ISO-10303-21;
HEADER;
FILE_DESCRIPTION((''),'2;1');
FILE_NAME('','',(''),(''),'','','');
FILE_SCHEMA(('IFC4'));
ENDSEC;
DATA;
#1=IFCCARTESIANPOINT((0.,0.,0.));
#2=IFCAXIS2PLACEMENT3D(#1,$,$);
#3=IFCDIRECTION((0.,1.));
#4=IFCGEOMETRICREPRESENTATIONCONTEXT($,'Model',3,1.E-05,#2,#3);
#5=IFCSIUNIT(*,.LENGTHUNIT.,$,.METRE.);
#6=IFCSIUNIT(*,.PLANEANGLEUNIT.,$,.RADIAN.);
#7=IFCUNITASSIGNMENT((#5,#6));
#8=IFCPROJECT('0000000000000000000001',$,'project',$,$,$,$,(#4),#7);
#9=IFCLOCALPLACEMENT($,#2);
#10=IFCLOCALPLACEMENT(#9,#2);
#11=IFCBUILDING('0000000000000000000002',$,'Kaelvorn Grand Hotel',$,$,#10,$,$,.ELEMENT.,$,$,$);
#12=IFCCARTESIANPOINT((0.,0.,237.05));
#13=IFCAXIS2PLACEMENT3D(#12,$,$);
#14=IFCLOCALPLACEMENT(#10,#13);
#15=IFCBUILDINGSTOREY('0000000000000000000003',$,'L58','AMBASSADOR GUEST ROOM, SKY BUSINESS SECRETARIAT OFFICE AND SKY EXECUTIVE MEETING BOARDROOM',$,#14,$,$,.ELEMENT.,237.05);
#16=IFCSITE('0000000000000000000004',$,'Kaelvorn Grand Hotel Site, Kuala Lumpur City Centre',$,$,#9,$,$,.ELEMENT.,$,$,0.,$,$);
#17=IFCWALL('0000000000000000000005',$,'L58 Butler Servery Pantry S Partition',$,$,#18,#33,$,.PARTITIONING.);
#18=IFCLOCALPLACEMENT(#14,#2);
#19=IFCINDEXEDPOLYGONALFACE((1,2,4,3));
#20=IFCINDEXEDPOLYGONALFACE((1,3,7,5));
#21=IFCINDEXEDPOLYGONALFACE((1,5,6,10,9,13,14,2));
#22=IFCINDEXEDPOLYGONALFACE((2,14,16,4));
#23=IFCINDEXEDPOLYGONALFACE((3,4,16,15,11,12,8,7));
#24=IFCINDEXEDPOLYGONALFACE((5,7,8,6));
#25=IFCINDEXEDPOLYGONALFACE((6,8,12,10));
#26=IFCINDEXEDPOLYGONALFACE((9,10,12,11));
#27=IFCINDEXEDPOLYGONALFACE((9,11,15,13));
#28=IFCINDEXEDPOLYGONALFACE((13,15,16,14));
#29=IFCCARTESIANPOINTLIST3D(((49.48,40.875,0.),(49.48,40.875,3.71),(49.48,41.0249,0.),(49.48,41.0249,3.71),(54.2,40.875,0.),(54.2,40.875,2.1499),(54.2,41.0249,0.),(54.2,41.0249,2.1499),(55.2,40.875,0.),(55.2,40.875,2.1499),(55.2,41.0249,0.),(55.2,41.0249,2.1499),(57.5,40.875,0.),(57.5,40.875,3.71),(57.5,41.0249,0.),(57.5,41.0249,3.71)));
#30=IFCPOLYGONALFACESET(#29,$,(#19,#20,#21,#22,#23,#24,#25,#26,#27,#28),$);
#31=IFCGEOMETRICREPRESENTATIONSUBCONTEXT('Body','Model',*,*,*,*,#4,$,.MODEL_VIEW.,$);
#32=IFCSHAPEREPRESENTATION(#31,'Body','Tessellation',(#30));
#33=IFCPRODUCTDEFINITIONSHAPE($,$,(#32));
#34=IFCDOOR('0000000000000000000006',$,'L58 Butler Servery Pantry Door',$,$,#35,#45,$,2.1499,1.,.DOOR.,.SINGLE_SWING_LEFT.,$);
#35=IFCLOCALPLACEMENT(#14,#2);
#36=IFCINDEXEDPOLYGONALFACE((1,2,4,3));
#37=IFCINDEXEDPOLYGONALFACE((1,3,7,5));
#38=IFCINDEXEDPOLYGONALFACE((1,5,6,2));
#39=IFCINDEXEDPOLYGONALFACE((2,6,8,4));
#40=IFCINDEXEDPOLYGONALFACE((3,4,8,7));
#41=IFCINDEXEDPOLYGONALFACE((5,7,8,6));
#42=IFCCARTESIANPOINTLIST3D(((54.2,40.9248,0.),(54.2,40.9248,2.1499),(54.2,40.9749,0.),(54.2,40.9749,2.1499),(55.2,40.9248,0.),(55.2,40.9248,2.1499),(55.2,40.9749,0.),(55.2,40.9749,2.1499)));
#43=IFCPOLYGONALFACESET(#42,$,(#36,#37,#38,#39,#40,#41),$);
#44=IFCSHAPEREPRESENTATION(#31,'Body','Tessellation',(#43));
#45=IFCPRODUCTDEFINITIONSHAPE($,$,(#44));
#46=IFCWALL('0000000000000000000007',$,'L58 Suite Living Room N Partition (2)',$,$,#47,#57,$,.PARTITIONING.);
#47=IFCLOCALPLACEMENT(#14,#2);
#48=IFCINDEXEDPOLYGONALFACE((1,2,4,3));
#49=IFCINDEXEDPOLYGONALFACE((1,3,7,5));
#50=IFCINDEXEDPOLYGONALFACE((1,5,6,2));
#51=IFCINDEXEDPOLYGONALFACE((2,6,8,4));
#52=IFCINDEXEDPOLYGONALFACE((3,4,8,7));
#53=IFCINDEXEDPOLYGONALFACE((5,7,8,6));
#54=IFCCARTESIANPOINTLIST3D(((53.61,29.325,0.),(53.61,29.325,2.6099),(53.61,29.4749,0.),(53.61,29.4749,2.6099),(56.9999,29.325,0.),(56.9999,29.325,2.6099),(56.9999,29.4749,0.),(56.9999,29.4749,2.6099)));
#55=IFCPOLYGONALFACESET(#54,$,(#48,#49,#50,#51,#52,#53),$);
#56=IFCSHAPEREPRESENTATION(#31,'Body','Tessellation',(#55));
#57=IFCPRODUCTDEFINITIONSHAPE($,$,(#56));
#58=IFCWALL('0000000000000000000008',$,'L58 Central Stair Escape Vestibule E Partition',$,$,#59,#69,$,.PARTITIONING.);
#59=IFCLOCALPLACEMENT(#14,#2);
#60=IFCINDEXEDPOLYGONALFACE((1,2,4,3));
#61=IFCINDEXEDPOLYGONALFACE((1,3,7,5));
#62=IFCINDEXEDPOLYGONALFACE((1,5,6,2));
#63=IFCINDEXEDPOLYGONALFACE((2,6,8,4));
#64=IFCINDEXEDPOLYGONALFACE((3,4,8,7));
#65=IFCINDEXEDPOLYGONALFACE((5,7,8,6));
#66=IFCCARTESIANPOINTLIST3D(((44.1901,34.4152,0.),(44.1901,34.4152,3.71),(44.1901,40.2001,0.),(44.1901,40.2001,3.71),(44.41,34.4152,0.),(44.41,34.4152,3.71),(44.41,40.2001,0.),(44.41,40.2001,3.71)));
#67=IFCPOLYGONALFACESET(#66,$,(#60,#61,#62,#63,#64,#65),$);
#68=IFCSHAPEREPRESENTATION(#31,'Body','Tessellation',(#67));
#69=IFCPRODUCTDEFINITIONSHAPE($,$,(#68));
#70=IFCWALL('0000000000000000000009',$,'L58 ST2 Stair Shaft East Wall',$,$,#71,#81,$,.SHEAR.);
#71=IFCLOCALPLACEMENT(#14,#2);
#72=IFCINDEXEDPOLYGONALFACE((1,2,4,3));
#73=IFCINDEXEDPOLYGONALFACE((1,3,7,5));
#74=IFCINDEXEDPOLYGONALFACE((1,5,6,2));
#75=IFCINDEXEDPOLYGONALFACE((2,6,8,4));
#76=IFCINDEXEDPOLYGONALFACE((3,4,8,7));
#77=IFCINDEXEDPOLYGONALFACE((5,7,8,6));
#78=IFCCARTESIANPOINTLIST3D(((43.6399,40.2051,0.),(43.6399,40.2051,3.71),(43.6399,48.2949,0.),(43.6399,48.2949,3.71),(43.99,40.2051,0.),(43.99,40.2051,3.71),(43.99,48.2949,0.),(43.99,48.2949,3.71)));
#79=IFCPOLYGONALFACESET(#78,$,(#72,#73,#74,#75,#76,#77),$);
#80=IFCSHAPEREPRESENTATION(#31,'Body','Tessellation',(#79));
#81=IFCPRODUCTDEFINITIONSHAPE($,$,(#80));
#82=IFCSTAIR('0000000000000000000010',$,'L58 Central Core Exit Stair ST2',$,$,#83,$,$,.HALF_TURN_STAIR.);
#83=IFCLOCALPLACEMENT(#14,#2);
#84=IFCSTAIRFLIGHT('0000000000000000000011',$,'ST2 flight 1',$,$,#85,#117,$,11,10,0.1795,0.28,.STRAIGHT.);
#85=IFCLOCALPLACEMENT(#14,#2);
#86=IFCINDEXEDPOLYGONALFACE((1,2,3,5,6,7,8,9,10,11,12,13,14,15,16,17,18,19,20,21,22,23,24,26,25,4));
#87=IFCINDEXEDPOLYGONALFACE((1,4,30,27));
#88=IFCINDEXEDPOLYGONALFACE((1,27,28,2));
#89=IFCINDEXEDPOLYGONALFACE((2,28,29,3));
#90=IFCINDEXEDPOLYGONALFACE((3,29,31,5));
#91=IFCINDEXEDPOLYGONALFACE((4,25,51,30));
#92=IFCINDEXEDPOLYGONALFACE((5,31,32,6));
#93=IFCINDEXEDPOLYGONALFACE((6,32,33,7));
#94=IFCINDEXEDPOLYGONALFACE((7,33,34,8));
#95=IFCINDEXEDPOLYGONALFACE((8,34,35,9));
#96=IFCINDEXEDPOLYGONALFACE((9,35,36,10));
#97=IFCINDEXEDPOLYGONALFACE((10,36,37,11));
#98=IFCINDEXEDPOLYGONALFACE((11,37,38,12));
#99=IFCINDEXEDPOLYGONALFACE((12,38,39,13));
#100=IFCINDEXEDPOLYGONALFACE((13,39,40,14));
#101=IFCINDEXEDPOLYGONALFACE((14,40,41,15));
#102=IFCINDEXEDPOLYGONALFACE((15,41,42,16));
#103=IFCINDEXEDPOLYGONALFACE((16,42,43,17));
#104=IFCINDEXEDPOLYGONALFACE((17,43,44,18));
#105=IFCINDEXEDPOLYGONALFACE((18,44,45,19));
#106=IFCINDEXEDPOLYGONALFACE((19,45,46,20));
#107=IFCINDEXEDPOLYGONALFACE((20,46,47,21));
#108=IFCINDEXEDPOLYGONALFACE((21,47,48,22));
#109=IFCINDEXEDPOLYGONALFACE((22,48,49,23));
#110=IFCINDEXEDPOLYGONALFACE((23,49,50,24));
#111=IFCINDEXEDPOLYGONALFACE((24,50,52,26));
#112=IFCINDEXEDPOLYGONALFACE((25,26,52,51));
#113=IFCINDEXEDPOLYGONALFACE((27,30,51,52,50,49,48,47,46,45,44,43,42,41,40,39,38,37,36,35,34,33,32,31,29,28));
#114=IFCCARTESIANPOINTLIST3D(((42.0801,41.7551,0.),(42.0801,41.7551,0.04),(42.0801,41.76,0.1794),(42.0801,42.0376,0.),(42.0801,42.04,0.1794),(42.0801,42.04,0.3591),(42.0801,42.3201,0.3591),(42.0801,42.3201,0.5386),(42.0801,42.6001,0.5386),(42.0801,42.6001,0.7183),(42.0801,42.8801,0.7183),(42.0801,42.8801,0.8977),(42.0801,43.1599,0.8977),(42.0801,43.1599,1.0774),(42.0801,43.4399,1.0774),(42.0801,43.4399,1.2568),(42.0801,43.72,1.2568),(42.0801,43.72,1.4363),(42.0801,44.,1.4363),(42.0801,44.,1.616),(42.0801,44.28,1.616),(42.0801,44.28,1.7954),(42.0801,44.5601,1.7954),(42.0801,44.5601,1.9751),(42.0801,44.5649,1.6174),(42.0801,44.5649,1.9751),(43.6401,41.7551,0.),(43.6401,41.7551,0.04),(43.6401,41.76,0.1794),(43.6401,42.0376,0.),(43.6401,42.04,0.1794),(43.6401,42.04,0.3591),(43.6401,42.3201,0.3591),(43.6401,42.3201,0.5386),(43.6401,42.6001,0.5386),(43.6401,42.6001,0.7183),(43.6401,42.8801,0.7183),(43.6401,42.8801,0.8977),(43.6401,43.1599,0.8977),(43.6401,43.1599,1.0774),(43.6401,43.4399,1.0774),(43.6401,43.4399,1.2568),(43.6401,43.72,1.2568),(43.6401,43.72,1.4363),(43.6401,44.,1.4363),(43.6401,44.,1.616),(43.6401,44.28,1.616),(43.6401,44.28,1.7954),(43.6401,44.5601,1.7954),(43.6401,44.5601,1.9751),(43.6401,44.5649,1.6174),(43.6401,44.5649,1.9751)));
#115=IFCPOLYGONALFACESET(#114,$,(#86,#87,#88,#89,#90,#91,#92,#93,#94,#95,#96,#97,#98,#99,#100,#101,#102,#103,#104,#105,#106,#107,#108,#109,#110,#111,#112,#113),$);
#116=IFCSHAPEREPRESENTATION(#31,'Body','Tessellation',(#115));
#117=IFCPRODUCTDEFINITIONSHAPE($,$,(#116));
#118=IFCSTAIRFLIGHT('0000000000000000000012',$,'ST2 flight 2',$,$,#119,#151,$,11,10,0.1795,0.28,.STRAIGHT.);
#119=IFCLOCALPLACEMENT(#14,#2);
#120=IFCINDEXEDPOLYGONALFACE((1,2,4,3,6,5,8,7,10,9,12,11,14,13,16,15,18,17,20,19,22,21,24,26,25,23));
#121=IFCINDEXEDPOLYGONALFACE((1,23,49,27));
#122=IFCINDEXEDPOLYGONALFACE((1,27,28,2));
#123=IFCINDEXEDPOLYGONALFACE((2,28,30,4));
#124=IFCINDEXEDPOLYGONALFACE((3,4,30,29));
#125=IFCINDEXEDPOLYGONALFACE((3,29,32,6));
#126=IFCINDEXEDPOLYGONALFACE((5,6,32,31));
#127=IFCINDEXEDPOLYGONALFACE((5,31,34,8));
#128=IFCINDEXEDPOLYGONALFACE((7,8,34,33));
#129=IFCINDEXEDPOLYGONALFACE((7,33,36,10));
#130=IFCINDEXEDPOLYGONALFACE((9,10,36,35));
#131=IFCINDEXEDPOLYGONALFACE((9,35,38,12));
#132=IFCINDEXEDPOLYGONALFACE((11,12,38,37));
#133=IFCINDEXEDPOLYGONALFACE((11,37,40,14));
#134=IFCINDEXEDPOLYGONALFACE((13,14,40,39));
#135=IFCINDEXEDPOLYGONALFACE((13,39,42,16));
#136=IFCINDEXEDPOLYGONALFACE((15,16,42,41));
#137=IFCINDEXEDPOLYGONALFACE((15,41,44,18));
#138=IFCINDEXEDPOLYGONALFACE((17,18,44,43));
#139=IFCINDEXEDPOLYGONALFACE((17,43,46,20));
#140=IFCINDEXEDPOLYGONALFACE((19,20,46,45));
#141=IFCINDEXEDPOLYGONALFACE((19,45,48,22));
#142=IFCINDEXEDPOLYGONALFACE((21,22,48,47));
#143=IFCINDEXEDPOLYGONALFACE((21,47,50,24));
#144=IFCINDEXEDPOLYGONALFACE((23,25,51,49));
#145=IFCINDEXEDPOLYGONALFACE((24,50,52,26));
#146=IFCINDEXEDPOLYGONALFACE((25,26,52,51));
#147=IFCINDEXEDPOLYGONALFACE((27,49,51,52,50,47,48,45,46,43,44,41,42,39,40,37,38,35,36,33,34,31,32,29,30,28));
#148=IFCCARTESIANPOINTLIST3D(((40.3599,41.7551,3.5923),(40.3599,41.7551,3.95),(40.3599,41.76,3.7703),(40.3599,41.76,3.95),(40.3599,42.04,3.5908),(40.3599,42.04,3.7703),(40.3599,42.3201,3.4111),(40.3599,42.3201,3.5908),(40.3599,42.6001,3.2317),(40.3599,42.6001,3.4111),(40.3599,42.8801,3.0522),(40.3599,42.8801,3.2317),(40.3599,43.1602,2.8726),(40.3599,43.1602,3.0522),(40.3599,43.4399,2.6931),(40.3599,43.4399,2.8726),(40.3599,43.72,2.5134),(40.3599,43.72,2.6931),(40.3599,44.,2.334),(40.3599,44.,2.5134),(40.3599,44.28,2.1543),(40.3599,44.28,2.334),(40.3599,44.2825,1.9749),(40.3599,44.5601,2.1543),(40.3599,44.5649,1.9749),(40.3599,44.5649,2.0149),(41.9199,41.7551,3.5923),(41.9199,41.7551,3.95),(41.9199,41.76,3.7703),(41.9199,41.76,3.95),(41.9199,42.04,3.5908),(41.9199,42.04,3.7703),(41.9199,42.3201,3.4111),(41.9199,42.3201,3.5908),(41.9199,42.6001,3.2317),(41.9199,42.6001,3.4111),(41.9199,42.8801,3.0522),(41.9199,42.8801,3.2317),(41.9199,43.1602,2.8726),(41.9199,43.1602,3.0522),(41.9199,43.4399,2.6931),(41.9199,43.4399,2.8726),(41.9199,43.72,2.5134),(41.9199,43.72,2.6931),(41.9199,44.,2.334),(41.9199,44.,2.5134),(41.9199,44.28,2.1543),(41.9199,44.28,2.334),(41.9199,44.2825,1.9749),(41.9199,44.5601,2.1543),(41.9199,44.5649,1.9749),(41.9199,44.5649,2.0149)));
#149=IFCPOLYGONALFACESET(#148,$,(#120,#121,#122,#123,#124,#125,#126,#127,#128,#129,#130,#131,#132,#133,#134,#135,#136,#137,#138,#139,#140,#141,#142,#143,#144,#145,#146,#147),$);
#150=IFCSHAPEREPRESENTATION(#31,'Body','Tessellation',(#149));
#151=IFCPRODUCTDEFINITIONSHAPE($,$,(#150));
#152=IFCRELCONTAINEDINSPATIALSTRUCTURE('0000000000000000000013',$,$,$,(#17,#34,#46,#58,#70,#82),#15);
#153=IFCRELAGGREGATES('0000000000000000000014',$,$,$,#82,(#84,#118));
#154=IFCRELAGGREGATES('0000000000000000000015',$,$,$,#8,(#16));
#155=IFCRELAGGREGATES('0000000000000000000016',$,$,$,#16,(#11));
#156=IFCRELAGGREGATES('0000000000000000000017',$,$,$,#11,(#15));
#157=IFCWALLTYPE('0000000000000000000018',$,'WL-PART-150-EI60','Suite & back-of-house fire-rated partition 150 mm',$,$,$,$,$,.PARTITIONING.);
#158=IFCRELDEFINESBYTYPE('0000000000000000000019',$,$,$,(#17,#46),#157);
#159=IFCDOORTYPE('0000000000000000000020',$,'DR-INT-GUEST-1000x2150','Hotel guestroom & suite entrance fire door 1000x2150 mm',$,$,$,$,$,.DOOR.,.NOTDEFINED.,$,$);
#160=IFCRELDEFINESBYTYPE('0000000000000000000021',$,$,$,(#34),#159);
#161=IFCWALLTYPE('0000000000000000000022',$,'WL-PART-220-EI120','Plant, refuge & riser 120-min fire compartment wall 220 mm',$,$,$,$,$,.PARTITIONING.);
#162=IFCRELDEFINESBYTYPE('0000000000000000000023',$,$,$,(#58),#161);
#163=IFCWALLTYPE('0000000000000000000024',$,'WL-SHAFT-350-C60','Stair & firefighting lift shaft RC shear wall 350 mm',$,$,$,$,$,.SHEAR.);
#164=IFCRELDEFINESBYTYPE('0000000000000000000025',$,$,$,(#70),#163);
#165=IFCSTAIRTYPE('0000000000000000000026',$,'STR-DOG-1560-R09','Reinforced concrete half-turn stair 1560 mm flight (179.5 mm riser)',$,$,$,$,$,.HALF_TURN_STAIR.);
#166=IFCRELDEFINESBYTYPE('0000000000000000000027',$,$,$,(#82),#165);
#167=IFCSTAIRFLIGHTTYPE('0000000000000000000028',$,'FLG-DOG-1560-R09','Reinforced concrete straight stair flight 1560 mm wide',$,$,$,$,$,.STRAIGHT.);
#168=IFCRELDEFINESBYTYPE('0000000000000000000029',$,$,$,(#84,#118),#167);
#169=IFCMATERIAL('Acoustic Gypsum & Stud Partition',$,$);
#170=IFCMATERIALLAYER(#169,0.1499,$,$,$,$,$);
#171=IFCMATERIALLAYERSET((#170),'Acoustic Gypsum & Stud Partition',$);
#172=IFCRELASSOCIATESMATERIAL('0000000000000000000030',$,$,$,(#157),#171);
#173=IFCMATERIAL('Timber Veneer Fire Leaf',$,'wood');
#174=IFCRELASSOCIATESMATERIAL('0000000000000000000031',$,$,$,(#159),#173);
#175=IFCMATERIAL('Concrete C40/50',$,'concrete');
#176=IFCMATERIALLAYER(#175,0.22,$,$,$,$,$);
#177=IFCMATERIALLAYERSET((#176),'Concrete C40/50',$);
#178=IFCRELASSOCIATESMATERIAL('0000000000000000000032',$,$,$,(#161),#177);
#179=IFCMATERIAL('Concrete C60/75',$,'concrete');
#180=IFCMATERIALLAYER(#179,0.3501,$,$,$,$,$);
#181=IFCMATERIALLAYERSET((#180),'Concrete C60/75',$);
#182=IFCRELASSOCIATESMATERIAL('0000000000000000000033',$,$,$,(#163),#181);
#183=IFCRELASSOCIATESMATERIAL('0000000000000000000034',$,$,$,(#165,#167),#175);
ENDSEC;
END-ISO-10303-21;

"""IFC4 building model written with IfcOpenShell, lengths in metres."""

from ifc_helpers import new_model, si_unit, direction, frame, frame_2d, origin, place, context, subcontext, project, spatial, polyline, rectangle, outline, extrude, material, layer, layer_set, type_object, element, fill, aggregate, save


model = new_model("IFC4")

# Units and contexts
model_context = context("Model", 3, precision=1e-05, world=origin(), true_north=direction((0.0, 1.0)))
body_context = subcontext(model_context, "Body", "Model", "MODEL_VIEW")
ifc_project = project(units=[si_unit("LENGTHUNIT", "METRE"), si_unit("PLANEANGLEUNIT", "RADIAN")], contexts=[model_context])

# Site, building, storey
site_placement = place(None, origin())
site = spatial("IfcSite", under=ifc_project, at=site_placement, Name="Kaelvorn Grand Hotel Site, Kuala Lumpur City Centre", CompositionType="ELEMENT", RefElevation=0.0)
building_placement = place(site_placement, origin())
building = spatial("IfcBuilding", under=site, at=building_placement, Name="Kaelvorn Grand Hotel", CompositionType="ELEMENT")
storey_placement = place(building_placement, frame((0.0, 0.0, 237.05)))
storey = spatial("IfcBuildingStorey", under=building, at=storey_placement, Name="L58", Description="AMBASSADOR GUEST ROOM, SKY BUSINESS SECRETARIAT OFFICE AND SKY EXECUTIVE MEETING BOARDROOM", CompositionType="ELEMENT", Elevation=237.05)

# Shared definitions
ifc_material_1 = material(Name="Acoustic Gypsum & Stud Partition")
ifc_layer_1 = layer(ifc_material_1, 0.1499)
ifc_layer_set_1 = layer_set([ifc_layer_1], Name="Acoustic Gypsum & Stud Partition")
wall_type_1 = type_object("IfcWallType", Name="WL-PART-150-EI60", Description="Suite & back-of-house fire-rated partition 150 mm", PredefinedType="PARTITIONING", material=ifc_layer_set_1)
ifc_material_2 = material(Name="Timber Veneer Fire Leaf", Category="wood")
door_type_1 = type_object("IfcDoorType", Name="DR-INT-GUEST-1000x2150", Description="Hotel guestroom & suite entrance fire door 1000x2150 mm", OperationType="NOTDEFINED", PredefinedType="DOOR", material=ifc_material_2)

# Wall, opening, door
wall_1_placement = place(storey_placement, frame((49.48, 40.95, 0.0), z_axis=(0.0, 0.0, 1.0), x_axis=(1.0, 0.0, 0.0)))
wall_1 = element("IfcWall", 1, at=wall_1_placement, inside=storey, type_object=wall_type_1, Name="L58 Butler Servery Pantry S Partition", PredefinedType="PARTITIONING", context=body_context, shape_type="SweptSolid", body=[
    extrude(rectangle(XDim=8.02, YDim=0.1499, at=frame_2d((4.01, 0.0))), origin(), (0.0, 0.0, 1.0), 3.71),
])
opening_1_placement = place(wall_1_placement, frame((4.72, 0.0, 0.0)))
opening_1 = element("IfcOpeningElement", 2, at=opening_1_placement, cuts=wall_1, PredefinedType="OPENING", context=body_context, shape_type="SweptSolid", body=[
    extrude(rectangle(XDim=1.0, YDim=2.1499, at=frame_2d((0.5, 1.075))), frame((0.0, 0.085, 0.0), z_axis=(0.0, -1.0, 0.0), x_axis=(1.0, 0.0, 0.0)), (0.0, 0.0, 1.0), 0.1699),
])
door_1_placement = place(opening_1_placement, origin())
door_1 = element("IfcDoor", 3, at=door_1_placement, inside=storey, type_object=door_type_1, Name="L58 Butler Servery Pantry Door", OperationType="SINGLE_SWING_LEFT", OverallHeight=2.1499, OverallWidth=1.0, PredefinedType="DOOR", context=body_context, shape_type="SweptSolid", body=[
    extrude(rectangle(XDim=1.0, YDim=2.1499, at=frame_2d((0.5, 1.075))), frame((0.0, 0.0249, 0.0), z_axis=(0.0, -1.0, 0.0), x_axis=(1.0, 0.0, 0.0)), (0.0, 0.0, 1.0), 0.05),
])
fill(opening_1, door_1)

# Walls
wall_2_placement = place(storey_placement, frame((53.6101, 29.3999, 0.0), z_axis=(0.0, 0.0, 1.0), x_axis=(1.0, 0.0, 0.0)))
element("IfcWall", 4, at=wall_2_placement, inside=storey, type_object=wall_type_1, Name="L58 Suite Living Room N Partition (2)", PredefinedType="PARTITIONING", context=body_context, shape_type="SweptSolid", body=[
    extrude(rectangle(XDim=3.3899, YDim=0.1499, at=frame_2d((1.6948, 0.0))), origin(), (0.0, 0.0, 1.0), 2.6099),
])
ifc_material_3 = material(Name="Concrete C40/50", Category="concrete")
ifc_layer_2 = layer(ifc_material_3, 0.22)
ifc_layer_set_2 = layer_set([ifc_layer_2], Name="Concrete C40/50")
wall_type_2 = type_object("IfcWallType", Name="WL-PART-220-EI120", Description="Plant, refuge & riser 120-min fire compartment wall 220 mm", PredefinedType="PARTITIONING", material=ifc_layer_set_2)
wall_3_placement = place(storey_placement, frame((44.3, 34.415, 0.0), z_axis=(0.0, 0.0, 1.0), x_axis=(0.0, 1.0, 0.0)))
element("IfcWall", 5, at=wall_3_placement, inside=storey, type_object=wall_type_2, Name="L58 Central Stair Escape Vestibule E Partition", PredefinedType="PARTITIONING", context=body_context, shape_type="SweptSolid", body=[
    extrude(rectangle(XDim=5.7849, YDim=0.22, at=frame_2d((2.8926, 0.0))), origin(), (0.0, 0.0, 1.0), 3.71),
])
ifc_material_4 = material(Name="Concrete C60/75", Category="concrete")
ifc_layer_3 = layer(ifc_material_4, 0.3501)
ifc_layer_set_3 = layer_set([ifc_layer_3], Name="Concrete C60/75")
wall_type_3 = type_object("IfcWallType", Name="WL-SHAFT-350-C60", Description="Stair & firefighting lift shaft RC shear wall 350 mm", PredefinedType="SHEAR", material=ifc_layer_set_3)
wall_4_placement = place(storey_placement, frame((43.8149, 40.2051, 0.0), z_axis=(0.0, 0.0, 1.0), x_axis=(0.0, 1.0, 0.0)))
element("IfcWall", 6, at=wall_4_placement, inside=storey, type_object=wall_type_3, Name="L58 ST2 Stair Shaft East Wall", PredefinedType="SHEAR", context=body_context, shape_type="SweptSolid", body=[
    extrude(rectangle(XDim=8.0898, YDim=0.3501, at=frame_2d((4.0449, 0.0))), origin(), (0.0, 0.0, 1.0), 3.71),
])

# Stair, stair flights
stair_type = type_object("IfcStairType", Name="STR-DOG-1560-R09", Description="Reinforced concrete half-turn stair 1560 mm flight (179.5 mm riser)", PredefinedType="HALF_TURN_STAIR", material=ifc_material_3)
stair_placement = place(storey_placement, origin())
stair = element("IfcStair", 7, at=stair_placement, inside=storey, type_object=stair_type, Name="L58 Central Core Exit Stair ST2", PredefinedType="HALF_TURN_STAIR")
stair_flight_type = type_object("IfcStairFlightType", Name="FLG-DOG-1560-R09", Description="Reinforced concrete straight stair flight 1560 mm wide", PredefinedType="STRAIGHT", material=ifc_material_3)
stair_flight_1_placement = place(storey_placement, frame((42.8601, 41.76, 0.0), z_axis=(0.0, 0.0, 1.0), x_axis=(0.0, 1.0, 0.0)))
stair_flight_1 = element("IfcStairFlight", 8, at=stair_flight_1_placement, type_object=stair_flight_type, Name="ST2 flight 1", NumberOfRisers=11, NumberOfTreads=10, PredefinedType="STRAIGHT", RiserHeight=0.1795, TreadLength=0.28, context=body_context, shape_type="SweptSolid", body=[
    extrude(outline(polyline([(-0.0049, 0.0), (-0.0049, 0.04), (0.0, 0.1794), (0.28, 0.1794), (0.28, 0.3591), (0.5601, 0.3591), (0.5601, 0.5386), (0.8401, 0.5386), (0.8401, 0.7183), (1.1201, 0.7183), (1.1201, 0.8977), (1.3999, 0.8977), (1.3999, 1.0774), (1.6799, 1.0774), (1.6799, 1.2568), (1.96, 1.2568), (1.96, 1.4363), (2.24, 1.4363), (2.24, 1.616), (2.52, 1.616), (2.52, 1.7954), (2.8, 1.7954), (2.8, 1.9751), (2.8049, 1.9751), (2.8049, 1.6174), (0.2776, 0.0), (-0.0049, 0.0)])), frame((0.0, 0.78, 0.0), z_axis=(0.0, -1.0, 0.0), x_axis=(1.0, 0.0, 0.0)), (0.0, 0.0, 1.0), 1.5601),
])
stair_flight_2_placement = place(storey_placement, frame((41.1399, 44.5601, 1.9749), z_axis=(0.0, 0.0, 1.0), x_axis=(0.0, -1.0, 0.0)))
stair_flight_2 = element("IfcStairFlight", 9, at=stair_flight_2_placement, type_object=stair_flight_type, Name="ST2 flight 2", NumberOfRisers=11, NumberOfTreads=10, PredefinedType="STRAIGHT", RiserHeight=0.1795, TreadLength=0.28, context=body_context, shape_type="SweptSolid", body=[
    extrude(outline(polyline([(-0.0049, 0.0), (-0.0049, 0.04), (0.0, 0.1794), (0.28, 0.1794), (0.28, 0.3591), (0.5601, 0.3591), (0.5601, 0.5386), (0.8401, 0.5386), (0.8401, 0.7183), (1.1201, 0.7183), (1.1201, 0.8977), (1.3999, 0.8977), (1.3999, 1.0774), (1.6799, 1.0774), (1.6799, 1.2568), (1.96, 1.2568), (1.96, 1.4363), (2.24, 1.4363), (2.24, 1.616), (2.52, 1.616), (2.52, 1.7954), (2.8, 1.7954), (2.8, 1.9751), (2.8049, 1.9751), (2.8049, 1.6174), (0.2776, 0.0), (-0.0049, 0.0)])), frame((0.0, 0.78, 0.0), z_axis=(0.0, -1.0, 0.0), x_axis=(1.0, 0.0, 0.0)), (0.0, 0.0, 1.0), 1.5601),
])
aggregate(stair, [stair_flight_1, stair_flight_2])

save(model, "model.ifc")
